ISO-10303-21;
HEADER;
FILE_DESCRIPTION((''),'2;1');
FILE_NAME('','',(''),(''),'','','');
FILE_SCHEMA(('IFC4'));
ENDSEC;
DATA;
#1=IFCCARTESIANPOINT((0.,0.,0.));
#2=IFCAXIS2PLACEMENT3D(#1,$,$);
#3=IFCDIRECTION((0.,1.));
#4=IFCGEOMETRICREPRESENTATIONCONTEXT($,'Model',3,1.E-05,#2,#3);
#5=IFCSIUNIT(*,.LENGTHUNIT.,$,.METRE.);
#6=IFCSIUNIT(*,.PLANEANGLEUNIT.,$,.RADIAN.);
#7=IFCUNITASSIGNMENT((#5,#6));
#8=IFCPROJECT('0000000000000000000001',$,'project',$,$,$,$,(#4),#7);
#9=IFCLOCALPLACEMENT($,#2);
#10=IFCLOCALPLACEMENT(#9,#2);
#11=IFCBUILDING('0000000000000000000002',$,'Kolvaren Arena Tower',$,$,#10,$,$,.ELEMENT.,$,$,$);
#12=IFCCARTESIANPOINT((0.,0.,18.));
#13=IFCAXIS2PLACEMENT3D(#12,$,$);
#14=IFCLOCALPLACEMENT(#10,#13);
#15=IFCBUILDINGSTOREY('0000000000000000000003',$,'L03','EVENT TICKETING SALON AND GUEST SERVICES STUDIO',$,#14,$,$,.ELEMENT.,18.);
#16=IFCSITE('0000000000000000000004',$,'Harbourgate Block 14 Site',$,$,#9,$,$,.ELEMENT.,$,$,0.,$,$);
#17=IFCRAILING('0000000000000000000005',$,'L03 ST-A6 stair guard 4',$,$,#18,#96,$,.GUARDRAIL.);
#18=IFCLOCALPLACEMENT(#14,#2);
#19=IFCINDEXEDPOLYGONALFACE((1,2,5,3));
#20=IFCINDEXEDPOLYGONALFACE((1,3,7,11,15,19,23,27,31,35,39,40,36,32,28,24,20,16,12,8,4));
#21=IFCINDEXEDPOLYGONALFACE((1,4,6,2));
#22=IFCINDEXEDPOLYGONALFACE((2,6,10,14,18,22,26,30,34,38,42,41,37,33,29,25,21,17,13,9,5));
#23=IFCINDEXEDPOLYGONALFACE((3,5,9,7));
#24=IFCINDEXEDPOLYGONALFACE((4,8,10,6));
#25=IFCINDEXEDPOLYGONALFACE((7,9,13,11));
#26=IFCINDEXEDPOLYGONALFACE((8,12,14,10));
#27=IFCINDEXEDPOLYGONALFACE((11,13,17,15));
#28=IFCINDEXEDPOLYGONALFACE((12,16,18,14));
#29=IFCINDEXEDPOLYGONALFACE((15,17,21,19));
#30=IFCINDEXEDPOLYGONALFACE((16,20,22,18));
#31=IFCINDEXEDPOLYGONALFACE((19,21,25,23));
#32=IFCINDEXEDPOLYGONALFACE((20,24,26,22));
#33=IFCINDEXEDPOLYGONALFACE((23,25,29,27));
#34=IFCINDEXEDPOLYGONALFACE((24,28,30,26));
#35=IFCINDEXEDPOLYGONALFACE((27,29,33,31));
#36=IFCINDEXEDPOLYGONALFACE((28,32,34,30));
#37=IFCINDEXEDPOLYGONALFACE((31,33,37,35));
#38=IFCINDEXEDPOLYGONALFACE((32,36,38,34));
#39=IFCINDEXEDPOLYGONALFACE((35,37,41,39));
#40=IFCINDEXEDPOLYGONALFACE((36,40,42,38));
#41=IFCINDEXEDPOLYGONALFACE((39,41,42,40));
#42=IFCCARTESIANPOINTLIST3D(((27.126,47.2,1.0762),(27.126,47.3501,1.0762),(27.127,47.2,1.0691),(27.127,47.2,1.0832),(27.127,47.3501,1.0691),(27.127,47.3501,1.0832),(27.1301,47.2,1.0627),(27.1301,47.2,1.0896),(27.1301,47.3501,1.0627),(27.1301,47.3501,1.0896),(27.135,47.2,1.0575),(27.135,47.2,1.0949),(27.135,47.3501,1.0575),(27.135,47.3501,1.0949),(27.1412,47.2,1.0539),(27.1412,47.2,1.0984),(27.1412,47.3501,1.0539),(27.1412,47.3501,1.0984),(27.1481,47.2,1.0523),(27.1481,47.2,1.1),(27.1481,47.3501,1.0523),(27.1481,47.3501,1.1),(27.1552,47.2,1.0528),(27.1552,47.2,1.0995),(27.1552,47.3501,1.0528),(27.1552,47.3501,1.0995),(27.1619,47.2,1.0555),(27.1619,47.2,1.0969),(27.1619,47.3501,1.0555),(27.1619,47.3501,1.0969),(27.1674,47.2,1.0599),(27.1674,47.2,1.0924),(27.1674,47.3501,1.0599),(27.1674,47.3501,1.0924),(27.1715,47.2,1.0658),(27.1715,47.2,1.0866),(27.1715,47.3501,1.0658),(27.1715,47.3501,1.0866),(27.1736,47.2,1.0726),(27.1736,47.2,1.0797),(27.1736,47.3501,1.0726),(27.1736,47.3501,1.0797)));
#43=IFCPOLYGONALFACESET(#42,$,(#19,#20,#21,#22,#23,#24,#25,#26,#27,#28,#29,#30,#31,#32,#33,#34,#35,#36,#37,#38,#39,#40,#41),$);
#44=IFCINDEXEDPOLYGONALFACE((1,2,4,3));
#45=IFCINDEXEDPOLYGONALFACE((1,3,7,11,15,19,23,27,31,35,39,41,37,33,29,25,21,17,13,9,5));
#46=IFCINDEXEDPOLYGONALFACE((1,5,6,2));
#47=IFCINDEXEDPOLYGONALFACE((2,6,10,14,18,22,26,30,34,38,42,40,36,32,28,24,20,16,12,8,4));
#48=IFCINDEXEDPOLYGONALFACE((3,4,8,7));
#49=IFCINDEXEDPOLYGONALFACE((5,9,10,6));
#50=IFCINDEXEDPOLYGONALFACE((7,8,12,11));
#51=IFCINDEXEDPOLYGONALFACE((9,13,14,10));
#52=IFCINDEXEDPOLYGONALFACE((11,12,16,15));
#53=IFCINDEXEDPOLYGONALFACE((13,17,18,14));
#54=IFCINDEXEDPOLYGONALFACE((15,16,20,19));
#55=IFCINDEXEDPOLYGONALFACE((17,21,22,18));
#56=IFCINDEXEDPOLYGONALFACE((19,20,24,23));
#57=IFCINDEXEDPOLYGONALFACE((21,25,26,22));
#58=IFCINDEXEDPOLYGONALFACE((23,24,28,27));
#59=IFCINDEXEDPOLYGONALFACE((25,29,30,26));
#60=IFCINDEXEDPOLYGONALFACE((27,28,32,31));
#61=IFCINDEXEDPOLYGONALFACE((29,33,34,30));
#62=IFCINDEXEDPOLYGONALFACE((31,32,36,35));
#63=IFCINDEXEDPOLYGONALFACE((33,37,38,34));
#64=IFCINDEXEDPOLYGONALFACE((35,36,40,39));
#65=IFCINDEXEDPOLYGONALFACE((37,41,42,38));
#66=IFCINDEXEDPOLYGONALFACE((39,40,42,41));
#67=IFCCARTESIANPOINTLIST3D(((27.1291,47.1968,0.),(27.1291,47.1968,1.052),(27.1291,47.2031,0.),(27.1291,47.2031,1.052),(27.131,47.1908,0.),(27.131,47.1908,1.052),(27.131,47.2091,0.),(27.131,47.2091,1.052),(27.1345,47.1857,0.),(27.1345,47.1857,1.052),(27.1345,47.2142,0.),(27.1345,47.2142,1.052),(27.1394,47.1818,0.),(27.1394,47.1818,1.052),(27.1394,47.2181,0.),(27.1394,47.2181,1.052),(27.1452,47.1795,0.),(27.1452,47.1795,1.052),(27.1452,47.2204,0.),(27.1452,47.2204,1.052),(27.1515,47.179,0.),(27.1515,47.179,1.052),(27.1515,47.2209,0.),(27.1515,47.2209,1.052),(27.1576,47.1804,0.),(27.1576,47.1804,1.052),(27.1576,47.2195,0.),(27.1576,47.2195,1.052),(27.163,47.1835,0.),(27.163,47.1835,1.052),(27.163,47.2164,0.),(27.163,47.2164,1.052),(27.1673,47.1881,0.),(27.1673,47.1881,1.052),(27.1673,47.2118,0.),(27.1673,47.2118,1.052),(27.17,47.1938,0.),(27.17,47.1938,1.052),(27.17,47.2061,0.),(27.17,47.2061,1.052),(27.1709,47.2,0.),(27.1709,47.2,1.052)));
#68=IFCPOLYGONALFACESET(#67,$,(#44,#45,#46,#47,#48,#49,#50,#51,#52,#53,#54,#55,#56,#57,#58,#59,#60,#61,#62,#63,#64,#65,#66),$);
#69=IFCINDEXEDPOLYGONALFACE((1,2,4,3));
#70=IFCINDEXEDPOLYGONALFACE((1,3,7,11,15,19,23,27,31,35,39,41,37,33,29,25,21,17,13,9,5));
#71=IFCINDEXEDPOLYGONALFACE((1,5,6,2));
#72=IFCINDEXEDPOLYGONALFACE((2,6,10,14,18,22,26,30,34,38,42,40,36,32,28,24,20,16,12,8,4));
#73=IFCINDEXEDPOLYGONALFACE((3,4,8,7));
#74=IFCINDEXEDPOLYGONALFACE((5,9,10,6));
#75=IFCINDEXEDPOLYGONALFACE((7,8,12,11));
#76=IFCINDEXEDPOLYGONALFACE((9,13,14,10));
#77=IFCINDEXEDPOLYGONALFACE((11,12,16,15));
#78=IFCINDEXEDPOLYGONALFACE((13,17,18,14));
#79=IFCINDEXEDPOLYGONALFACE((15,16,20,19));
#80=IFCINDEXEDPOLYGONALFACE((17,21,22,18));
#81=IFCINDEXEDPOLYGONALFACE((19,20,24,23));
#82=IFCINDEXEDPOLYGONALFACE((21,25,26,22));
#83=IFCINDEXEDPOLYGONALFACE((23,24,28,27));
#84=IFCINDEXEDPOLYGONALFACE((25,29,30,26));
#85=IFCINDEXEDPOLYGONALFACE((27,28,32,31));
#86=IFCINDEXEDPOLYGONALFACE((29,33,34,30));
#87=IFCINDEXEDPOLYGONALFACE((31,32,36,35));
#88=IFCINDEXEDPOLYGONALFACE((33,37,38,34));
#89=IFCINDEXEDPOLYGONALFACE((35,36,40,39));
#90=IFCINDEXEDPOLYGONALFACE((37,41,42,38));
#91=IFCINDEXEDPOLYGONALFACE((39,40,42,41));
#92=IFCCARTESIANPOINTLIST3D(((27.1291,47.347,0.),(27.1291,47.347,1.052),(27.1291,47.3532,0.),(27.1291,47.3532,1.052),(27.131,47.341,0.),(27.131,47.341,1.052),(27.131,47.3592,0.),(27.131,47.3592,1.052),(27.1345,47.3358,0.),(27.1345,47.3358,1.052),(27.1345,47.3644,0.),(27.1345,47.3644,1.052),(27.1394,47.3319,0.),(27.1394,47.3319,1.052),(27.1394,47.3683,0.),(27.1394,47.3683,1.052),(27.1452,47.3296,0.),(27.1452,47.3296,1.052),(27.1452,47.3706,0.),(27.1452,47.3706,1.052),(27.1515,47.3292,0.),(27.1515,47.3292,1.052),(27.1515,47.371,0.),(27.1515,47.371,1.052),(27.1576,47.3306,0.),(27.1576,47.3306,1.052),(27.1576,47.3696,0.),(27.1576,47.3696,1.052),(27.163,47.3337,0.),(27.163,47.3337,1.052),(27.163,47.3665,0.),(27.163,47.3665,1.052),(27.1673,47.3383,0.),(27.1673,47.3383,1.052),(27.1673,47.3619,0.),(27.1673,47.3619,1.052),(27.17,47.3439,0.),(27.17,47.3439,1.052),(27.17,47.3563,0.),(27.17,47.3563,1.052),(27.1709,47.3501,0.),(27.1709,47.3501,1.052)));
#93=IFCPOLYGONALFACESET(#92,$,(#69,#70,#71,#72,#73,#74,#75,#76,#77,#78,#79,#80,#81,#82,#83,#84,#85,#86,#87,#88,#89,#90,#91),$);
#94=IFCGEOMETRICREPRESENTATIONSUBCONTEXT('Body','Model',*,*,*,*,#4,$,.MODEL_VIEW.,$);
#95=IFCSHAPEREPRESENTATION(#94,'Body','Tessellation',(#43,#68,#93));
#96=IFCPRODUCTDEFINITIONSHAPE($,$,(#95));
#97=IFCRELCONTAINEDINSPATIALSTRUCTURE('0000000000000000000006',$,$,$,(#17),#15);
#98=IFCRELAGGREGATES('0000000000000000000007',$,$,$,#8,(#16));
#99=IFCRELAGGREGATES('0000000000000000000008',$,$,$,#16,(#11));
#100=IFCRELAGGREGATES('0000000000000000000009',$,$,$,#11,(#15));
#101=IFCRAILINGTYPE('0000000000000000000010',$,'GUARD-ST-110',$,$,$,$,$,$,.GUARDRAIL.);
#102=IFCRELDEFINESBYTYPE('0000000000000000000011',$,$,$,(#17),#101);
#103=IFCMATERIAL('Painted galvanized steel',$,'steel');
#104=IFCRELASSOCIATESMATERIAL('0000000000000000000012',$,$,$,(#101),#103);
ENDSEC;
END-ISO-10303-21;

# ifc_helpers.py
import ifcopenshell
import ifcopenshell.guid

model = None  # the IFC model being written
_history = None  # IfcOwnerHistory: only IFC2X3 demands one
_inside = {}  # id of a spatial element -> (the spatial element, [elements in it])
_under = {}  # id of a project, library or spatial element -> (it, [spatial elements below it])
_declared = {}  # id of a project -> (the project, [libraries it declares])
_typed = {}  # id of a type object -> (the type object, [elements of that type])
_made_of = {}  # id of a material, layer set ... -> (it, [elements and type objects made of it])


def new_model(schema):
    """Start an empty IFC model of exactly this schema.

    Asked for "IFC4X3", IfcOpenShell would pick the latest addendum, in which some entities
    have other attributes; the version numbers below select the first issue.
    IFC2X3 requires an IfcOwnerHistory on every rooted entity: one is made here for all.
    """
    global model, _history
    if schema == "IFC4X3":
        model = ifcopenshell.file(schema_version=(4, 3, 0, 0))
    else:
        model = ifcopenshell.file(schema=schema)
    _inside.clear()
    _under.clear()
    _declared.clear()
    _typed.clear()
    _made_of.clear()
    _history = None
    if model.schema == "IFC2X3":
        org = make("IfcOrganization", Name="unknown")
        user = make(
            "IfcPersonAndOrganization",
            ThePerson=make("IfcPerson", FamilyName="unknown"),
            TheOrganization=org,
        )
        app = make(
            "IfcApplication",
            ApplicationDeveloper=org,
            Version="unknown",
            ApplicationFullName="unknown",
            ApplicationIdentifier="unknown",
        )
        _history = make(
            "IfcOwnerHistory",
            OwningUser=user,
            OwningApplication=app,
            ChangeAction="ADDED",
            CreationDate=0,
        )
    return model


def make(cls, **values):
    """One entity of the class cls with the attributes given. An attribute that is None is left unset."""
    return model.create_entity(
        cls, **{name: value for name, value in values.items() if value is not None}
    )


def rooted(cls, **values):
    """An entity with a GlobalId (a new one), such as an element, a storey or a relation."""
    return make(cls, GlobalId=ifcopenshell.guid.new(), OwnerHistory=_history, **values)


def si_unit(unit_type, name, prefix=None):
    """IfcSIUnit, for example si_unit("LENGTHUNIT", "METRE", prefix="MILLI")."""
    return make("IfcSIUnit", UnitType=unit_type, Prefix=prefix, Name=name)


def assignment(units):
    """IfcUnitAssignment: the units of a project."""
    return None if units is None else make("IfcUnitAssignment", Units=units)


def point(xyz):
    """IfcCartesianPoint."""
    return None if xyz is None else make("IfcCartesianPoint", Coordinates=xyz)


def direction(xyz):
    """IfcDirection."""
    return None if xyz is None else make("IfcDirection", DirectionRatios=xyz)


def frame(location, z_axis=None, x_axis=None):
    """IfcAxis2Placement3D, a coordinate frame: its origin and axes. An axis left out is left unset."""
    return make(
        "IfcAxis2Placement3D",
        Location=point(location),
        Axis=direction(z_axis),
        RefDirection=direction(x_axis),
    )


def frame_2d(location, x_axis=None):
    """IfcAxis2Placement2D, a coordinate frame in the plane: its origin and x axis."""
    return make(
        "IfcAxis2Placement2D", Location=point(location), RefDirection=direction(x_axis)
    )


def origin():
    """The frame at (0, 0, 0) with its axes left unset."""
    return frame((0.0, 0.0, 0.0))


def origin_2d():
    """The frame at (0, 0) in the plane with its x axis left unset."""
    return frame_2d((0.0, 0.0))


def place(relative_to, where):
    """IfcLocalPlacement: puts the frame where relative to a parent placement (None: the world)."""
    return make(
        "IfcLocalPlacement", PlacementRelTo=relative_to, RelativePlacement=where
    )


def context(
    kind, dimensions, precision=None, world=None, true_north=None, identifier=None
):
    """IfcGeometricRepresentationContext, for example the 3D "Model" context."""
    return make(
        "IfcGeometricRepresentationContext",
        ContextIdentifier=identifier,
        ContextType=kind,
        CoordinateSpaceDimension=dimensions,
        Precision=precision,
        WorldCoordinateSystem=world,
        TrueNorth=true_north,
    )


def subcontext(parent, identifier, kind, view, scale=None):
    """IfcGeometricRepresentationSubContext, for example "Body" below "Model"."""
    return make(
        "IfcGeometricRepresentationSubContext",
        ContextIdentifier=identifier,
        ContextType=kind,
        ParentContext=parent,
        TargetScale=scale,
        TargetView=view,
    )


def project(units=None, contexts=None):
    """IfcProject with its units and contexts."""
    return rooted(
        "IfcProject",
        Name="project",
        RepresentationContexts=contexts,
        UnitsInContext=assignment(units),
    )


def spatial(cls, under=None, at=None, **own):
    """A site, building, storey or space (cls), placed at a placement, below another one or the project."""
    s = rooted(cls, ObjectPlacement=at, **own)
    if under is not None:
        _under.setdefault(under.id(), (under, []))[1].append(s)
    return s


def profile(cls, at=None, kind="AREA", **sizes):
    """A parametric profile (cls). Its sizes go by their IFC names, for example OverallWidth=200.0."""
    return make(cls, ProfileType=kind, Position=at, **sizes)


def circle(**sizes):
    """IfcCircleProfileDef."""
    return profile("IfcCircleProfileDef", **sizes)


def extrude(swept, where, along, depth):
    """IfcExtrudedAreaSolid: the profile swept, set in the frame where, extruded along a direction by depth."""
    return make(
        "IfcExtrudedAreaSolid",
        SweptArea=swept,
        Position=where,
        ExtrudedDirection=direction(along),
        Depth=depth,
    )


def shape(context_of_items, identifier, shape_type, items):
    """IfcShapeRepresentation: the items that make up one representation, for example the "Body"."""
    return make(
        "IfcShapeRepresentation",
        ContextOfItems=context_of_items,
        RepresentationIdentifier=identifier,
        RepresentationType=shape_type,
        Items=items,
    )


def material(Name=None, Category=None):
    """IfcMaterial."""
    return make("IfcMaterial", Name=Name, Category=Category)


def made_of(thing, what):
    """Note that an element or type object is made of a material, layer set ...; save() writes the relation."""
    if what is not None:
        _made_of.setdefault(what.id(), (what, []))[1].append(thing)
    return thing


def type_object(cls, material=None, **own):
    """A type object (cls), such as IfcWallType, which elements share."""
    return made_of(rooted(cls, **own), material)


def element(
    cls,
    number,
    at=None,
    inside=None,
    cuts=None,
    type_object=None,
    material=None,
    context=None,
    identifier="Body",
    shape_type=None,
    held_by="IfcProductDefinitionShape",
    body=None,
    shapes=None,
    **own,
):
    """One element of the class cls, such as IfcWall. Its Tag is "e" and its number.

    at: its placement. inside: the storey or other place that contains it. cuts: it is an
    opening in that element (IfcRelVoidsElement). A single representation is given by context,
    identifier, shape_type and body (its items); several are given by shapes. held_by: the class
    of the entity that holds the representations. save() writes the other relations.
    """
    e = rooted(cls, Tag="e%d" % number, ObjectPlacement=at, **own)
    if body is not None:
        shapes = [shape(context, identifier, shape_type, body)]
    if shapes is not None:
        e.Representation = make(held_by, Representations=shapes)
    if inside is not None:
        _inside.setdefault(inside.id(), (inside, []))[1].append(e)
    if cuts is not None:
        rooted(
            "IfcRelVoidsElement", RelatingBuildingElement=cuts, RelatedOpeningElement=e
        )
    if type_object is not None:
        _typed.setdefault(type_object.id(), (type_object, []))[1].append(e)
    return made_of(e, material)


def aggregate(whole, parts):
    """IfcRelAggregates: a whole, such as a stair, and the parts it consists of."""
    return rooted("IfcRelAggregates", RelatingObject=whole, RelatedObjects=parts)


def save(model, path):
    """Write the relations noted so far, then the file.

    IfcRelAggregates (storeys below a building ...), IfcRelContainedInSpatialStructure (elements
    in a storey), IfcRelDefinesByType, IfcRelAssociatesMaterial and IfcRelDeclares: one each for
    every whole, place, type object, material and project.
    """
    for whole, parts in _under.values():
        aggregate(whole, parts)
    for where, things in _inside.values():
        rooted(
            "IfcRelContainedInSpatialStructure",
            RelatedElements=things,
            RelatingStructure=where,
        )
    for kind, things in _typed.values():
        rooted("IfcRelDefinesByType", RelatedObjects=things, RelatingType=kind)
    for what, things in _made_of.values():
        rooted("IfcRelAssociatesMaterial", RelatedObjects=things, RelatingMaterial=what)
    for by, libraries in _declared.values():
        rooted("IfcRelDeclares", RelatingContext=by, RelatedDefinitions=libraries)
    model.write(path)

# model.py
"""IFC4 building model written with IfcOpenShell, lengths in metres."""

from ifc_helpers import new_model, si_unit, direction, frame, origin, origin_2d, place, context, subcontext, project, spatial, circle, extrude, material, type_object, element, save


model = new_model("IFC4")

# Units and contexts
model_context = context("Model", 3, precision=1e-05, world=origin(), true_north=direction((0.0, 1.0)))
body_context = subcontext(model_context, "Body", "Model", "MODEL_VIEW")
ifc_project = project(units=[si_unit("LENGTHUNIT", "METRE"), si_unit("PLANEANGLEUNIT", "RADIAN")], contexts=[model_context])

# Site, building, storey
site_placement = place(None, origin())
site = spatial("IfcSite", under=ifc_project, at=site_placement, Name="Harbourgate Block 14 Site", CompositionType="ELEMENT", RefElevation=0.0)
building_placement = place(site_placement, origin())
building = spatial("IfcBuilding", under=site, at=building_placement, Name="Kolvaren Arena Tower", CompositionType="ELEMENT")
storey_placement = place(building_placement, frame((0.0, 0.0, 18.0)))
storey = spatial("IfcBuildingStorey", under=building, at=storey_placement, Name="L03", Description="EVENT TICKETING SALON AND GUEST SERVICES STUDIO", CompositionType="ELEMENT", Elevation=18.0)

# Railing
ifc_material_1 = material(Name="Painted galvanized steel", Category="steel")
railing_type_1 = type_object("IfcRailingType", Name="GUARD-ST-110", PredefinedType="GUARDRAIL", material=ifc_material_1)
railing_1_placement = place(storey_placement, frame((27.1499, 47.2, 0.0)))
element("IfcRailing", 1, at=railing_1_placement, inside=storey, type_object=railing_type_1, Name="L03 ST-A6 stair guard 4", PredefinedType="GUARDRAIL", context=body_context, shape_type="SweptSolid", body=[
    extrude(circle(Radius=0.0239, at=origin_2d()), frame((0.0, 0.0, 1.0762), z_axis=(0.0, 1.0, 0.0), x_axis=(-1.0, 0.0, 0.0)), (0.0, 0.0, 1.0), 0.1501),
    extrude(circle(Radius=0.021, at=origin_2d()), origin(), (0.0, 0.0, 1.0), 1.052),
    extrude(circle(Radius=0.021, at=origin_2d()), frame((0.0, 0.1501, 0.0)), (0.0, 0.0, 1.0), 1.052),
])

save(model, "model.ifc")
